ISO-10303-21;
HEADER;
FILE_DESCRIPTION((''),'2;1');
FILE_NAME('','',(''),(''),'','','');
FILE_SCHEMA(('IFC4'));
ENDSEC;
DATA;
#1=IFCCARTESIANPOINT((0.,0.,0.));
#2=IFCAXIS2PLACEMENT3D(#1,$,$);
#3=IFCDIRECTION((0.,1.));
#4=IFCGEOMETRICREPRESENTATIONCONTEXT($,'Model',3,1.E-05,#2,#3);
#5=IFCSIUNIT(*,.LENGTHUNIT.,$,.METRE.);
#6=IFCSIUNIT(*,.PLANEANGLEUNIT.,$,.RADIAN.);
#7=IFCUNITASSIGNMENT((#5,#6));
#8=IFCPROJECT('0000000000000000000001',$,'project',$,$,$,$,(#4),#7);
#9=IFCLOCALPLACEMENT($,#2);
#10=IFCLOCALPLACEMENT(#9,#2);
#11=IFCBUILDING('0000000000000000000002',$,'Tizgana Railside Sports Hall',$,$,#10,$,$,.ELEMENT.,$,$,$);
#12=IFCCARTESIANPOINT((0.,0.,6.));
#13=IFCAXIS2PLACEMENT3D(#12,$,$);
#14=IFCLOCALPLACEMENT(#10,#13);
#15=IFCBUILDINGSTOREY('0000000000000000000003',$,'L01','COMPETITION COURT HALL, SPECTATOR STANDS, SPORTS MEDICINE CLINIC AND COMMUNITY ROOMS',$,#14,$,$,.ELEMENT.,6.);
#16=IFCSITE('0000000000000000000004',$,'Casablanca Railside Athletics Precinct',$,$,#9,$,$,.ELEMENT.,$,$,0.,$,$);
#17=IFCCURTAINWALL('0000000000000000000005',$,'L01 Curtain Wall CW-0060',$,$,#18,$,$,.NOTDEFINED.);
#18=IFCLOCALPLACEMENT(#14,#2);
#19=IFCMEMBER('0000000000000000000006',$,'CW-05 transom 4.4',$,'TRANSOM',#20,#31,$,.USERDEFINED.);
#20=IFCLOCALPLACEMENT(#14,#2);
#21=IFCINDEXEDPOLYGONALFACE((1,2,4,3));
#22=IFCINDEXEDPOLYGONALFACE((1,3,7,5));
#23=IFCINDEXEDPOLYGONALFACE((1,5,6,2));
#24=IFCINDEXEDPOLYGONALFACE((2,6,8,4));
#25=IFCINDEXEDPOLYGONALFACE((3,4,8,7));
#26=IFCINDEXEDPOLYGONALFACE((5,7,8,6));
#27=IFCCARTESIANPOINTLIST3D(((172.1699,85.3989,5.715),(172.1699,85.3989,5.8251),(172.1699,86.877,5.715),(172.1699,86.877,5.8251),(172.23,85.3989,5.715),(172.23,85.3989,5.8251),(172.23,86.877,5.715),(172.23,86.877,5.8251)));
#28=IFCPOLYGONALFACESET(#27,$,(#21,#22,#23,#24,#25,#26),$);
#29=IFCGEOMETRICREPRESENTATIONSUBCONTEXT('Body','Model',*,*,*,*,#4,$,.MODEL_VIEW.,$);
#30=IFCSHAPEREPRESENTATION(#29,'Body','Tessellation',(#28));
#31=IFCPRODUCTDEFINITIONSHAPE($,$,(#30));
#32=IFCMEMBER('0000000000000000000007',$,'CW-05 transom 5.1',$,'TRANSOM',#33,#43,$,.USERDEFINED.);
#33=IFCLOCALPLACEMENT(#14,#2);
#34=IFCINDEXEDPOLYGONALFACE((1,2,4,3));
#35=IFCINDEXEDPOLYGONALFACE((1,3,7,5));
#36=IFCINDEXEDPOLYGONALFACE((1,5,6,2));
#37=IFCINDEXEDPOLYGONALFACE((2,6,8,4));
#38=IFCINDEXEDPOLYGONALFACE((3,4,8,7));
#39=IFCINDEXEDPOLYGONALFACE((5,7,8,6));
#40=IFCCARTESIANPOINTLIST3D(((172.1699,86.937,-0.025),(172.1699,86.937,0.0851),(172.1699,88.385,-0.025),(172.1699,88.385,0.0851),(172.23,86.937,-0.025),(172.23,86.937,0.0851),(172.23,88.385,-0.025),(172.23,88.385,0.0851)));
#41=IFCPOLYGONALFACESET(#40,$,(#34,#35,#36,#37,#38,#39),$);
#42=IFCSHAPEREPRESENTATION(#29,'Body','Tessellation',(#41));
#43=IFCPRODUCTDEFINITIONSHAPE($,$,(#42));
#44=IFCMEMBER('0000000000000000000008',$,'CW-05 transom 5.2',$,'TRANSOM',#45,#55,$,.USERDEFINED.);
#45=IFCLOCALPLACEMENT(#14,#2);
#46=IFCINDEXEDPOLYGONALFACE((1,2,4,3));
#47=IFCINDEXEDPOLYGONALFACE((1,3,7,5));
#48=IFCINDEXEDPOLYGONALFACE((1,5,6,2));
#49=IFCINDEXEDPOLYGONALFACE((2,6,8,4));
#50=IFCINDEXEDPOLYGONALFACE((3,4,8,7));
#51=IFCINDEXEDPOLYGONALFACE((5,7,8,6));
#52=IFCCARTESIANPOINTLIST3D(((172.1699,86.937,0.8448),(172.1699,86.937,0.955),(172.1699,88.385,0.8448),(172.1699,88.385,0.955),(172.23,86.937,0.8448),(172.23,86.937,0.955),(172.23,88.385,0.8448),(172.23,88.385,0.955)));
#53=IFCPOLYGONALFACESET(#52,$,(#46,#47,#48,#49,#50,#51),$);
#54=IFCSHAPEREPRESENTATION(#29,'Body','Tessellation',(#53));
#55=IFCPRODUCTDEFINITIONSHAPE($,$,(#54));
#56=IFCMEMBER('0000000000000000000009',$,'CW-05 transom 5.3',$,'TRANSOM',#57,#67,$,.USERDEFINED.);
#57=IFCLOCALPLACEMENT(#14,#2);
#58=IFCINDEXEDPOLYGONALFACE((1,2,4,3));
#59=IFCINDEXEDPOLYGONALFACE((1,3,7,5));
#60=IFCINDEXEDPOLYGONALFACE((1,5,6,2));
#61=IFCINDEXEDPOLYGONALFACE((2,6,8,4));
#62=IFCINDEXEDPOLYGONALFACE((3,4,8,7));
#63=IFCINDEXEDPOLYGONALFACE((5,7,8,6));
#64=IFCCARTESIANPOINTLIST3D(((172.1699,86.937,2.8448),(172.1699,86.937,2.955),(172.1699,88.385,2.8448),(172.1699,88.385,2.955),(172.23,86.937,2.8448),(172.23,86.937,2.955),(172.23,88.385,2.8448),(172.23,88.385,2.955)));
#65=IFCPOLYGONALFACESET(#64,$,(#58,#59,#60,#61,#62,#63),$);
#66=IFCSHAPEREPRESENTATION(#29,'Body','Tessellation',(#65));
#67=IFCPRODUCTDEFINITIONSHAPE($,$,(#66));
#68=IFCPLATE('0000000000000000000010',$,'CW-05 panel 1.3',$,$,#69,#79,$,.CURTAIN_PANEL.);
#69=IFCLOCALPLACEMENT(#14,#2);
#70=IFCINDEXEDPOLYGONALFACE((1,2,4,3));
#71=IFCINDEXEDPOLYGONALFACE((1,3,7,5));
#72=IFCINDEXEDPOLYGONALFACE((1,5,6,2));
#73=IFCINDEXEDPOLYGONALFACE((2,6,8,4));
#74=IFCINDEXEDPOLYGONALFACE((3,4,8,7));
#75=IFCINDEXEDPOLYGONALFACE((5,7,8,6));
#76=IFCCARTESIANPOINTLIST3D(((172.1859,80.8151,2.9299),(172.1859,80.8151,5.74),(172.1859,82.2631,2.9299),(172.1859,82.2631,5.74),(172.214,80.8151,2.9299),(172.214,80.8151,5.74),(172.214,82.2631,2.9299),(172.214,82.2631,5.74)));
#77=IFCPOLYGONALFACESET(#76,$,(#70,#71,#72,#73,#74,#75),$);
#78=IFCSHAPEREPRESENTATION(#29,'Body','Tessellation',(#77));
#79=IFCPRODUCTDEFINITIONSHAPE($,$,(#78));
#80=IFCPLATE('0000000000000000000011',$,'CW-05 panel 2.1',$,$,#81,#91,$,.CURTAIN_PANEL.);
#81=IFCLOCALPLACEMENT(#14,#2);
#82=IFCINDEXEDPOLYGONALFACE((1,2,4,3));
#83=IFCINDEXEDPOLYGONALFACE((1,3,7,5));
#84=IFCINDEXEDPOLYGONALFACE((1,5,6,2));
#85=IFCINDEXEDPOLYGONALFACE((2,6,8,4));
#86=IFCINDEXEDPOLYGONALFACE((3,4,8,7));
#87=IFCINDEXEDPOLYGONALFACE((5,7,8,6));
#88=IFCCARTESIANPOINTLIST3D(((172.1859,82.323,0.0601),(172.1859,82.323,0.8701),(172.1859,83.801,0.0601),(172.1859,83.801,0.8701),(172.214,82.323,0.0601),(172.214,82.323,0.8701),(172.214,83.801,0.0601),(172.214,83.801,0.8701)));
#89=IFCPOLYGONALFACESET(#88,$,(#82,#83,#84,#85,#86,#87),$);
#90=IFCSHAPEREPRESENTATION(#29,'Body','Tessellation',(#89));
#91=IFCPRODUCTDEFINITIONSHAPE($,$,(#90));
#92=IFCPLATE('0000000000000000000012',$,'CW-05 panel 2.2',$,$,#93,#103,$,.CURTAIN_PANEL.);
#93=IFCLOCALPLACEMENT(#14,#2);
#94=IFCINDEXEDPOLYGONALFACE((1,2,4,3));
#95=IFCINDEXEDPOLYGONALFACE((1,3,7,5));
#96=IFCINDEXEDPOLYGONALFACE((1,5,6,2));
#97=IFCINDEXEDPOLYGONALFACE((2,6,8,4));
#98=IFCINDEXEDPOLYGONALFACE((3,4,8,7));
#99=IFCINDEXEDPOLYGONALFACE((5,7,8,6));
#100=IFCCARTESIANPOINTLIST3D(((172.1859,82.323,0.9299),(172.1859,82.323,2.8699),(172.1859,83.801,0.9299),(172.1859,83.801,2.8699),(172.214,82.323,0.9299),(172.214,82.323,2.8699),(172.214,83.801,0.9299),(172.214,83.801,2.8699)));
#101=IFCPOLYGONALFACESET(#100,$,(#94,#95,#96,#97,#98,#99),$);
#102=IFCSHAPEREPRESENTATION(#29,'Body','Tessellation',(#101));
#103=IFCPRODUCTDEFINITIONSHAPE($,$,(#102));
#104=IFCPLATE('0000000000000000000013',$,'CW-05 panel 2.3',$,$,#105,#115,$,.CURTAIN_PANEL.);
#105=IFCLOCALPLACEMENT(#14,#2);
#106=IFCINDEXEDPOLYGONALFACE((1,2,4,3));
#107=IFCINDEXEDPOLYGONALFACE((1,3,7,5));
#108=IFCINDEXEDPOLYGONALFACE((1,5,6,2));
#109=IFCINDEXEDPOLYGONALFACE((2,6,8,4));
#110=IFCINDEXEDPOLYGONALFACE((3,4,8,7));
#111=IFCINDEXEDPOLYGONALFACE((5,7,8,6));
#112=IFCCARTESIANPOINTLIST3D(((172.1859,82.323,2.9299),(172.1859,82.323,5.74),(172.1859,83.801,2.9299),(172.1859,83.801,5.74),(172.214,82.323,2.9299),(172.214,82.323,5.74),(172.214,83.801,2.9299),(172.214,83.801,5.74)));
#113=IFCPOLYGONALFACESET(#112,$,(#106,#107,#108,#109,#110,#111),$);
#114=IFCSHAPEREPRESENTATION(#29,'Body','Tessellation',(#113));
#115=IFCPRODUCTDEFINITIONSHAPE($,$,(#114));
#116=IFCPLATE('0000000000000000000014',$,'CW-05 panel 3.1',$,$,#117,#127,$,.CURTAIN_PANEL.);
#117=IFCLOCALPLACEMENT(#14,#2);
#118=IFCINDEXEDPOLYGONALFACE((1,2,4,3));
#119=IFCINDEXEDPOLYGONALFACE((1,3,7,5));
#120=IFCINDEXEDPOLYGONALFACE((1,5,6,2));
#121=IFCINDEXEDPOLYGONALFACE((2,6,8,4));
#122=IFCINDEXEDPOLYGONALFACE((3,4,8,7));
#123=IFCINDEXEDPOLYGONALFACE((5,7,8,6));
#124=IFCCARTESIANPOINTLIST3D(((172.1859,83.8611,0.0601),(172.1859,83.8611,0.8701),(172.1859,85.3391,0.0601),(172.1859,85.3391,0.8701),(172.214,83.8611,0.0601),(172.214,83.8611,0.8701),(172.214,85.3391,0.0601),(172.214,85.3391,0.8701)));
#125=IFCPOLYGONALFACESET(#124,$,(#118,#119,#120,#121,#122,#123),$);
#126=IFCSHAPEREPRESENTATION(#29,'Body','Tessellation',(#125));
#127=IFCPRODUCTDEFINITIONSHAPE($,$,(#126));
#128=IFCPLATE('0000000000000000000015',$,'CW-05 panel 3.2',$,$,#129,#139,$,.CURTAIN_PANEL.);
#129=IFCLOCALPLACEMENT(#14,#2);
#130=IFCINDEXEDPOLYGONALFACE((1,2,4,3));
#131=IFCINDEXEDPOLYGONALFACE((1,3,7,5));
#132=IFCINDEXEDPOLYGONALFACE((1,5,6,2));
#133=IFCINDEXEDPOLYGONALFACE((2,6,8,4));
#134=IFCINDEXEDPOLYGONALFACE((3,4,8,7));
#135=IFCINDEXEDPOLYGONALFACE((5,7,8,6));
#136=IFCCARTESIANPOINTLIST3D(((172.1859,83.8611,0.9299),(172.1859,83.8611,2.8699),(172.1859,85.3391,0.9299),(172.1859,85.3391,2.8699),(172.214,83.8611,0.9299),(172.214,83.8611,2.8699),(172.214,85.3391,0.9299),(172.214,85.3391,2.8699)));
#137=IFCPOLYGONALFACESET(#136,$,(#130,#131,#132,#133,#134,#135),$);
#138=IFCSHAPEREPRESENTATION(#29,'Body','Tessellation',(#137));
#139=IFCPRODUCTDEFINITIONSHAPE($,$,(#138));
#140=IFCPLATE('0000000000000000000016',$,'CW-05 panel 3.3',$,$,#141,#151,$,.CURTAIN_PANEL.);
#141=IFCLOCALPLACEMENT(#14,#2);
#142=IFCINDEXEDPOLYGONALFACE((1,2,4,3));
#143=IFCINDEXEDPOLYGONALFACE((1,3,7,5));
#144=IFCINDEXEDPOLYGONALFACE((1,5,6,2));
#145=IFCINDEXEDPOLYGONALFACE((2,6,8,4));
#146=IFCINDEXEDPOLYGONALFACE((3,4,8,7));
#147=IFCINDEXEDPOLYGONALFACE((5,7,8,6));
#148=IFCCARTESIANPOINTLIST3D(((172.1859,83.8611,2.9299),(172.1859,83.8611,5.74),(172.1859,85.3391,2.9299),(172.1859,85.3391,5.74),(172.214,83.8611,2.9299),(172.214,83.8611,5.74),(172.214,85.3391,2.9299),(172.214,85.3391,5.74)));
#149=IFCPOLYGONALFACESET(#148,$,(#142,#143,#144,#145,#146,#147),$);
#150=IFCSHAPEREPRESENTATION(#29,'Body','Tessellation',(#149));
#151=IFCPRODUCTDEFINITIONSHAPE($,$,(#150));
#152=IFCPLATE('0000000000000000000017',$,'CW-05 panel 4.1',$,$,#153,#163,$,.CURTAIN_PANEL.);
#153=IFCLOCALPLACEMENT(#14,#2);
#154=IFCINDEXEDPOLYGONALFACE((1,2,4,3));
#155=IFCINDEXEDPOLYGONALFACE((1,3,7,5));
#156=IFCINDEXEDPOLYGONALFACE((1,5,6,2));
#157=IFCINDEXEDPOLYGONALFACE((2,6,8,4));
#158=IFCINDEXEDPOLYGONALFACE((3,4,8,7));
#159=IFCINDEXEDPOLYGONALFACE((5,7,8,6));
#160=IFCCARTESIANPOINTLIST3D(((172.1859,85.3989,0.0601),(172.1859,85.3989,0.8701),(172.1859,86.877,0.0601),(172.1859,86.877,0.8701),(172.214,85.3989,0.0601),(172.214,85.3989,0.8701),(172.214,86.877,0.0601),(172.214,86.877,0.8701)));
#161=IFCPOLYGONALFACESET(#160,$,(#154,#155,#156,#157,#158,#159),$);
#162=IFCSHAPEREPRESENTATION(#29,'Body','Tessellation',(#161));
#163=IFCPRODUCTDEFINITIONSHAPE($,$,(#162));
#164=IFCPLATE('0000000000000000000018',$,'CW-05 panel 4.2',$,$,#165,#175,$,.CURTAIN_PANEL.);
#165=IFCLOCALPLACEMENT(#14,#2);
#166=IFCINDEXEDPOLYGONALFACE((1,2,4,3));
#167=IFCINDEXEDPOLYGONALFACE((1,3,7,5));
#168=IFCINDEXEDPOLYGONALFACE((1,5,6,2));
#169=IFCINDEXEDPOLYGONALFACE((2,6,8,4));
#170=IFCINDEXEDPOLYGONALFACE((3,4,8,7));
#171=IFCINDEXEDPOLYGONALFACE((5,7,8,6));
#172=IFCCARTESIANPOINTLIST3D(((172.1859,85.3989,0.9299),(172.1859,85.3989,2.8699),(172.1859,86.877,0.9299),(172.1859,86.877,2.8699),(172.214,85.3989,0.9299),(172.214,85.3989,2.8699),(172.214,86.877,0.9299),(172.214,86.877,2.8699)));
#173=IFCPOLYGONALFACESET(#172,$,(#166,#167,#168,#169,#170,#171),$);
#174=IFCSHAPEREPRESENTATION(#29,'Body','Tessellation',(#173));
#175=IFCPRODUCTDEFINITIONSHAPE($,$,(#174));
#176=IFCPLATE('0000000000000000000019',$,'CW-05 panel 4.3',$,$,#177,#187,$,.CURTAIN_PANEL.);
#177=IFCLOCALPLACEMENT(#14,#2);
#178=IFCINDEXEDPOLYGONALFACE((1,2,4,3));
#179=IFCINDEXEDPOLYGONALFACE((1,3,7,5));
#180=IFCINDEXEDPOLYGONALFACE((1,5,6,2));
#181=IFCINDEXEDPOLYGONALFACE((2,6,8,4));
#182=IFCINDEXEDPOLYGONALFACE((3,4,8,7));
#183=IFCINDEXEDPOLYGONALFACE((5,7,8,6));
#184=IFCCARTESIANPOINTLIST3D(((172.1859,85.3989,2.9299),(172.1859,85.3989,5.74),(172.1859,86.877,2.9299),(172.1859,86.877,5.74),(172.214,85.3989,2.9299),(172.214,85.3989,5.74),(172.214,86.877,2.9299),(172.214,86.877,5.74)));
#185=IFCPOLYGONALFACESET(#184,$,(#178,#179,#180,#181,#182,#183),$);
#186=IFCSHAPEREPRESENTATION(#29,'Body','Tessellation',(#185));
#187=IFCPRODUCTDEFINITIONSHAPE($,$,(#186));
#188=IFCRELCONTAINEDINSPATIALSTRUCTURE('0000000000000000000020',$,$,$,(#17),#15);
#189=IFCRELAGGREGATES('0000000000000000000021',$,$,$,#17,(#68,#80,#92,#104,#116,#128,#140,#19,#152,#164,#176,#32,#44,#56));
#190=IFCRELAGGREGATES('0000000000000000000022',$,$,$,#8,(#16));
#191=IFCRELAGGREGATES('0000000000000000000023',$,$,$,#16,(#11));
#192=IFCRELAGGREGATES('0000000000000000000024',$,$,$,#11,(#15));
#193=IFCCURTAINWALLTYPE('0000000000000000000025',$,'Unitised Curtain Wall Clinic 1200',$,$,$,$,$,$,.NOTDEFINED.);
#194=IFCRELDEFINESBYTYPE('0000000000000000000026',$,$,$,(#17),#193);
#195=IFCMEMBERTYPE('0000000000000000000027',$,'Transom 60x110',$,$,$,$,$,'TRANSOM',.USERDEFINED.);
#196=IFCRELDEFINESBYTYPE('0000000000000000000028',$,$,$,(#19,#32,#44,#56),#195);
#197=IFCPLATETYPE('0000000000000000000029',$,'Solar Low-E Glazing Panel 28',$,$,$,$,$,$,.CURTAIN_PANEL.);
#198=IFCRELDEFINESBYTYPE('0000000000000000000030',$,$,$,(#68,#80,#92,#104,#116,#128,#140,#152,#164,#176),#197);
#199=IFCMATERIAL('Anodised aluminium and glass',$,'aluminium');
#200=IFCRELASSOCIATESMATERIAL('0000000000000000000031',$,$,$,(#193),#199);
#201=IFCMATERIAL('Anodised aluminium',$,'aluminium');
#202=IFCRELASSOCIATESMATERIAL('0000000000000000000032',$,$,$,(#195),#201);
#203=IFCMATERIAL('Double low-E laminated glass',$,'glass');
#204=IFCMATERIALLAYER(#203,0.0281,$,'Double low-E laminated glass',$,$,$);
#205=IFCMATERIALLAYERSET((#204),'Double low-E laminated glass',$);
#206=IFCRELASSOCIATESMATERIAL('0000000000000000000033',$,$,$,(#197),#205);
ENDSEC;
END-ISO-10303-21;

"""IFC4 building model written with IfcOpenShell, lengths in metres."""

from ifc_helpers import new_model, si_unit, direction, frame, origin, origin_2d, place, context, subcontext, project, spatial, rectangle, extrude, material, layer, layer_set, material_profile, profile_set, type_object, element, aggregate, save


model = new_model("IFC4")

# Units and contexts
model_context = context("Model", 3, precision=1e-05, world=origin(), true_north=direction((0.0, 1.0)))
body_context = subcontext(model_context, "Body", "Model", "MODEL_VIEW")
ifc_project = project(units=[si_unit("LENGTHUNIT", "METRE"), si_unit("PLANEANGLEUNIT", "RADIAN")], contexts=[model_context])

# Site, building, storey
site_placement = place(None, origin())
site = spatial("IfcSite", under=ifc_project, at=site_placement, Name="Casablanca Railside Athletics Precinct", CompositionType="ELEMENT", RefElevation=0.0)
building_placement = place(site_placement, origin())
building = spatial("IfcBuilding", under=site, at=building_placement, Name="Tizgana Railside Sports Hall", CompositionType="ELEMENT")
storey_placement = place(building_placement, frame((0.0, 0.0, 6.0)))
storey = spatial("IfcBuildingStorey", under=building, at=storey_placement, Name="L01", Description="COMPETITION COURT HALL, SPECTATOR STANDS, SPORTS MEDICINE CLINIC AND COMMUNITY ROOMS", CompositionType="ELEMENT", Elevation=6.0)

# Curtain wall, members, plates
ifc_material_1 = material(Name="Anodised aluminium and glass", Category="aluminium")
curtain_wall_type = type_object("IfcCurtainWallType", Name="Unitised Curtain Wall Clinic 1200", PredefinedType="NOTDEFINED", material=ifc_material_1)
curtain_wall_placement = place(storey_placement, origin())
curtain_wall = element("IfcCurtainWall", 1, at=curtain_wall_placement, inside=storey, type_object=curtain_wall_type, Name="L01 Curtain Wall CW-0060", PredefinedType="NOTDEFINED")
ifc_material_2 = material(Name="Anodised aluminium", Category="aluminium")
ifc_material_profile_1 = material_profile(ifc_material_2, rectangle(XDim=0.0601, YDim=0.1101, at=origin_2d()), Name="Transom 60x110")
ifc_profile_set_1 = profile_set([ifc_material_profile_1], Name="Anodised aluminium")
member_type_1 = type_object("IfcMemberType", Name="Transom 60x110", ElementType="TRANSOM", PredefinedType="USERDEFINED", material=ifc_profile_set_1)
member_1_placement = place(storey_placement, frame((172.2, 85.3989, 5.77), z_axis=(0.0, 1.0, 0.0), x_axis=(-1.0, 0.0, 0.0)))
member_1 = element("IfcMember", 2, at=member_1_placement, type_object=member_type_1, Name="CW-05 transom 4.4", ObjectType="TRANSOM", PredefinedType="USERDEFINED", context=body_context, shape_type="SweptSolid", body=[
    extrude(rectangle(XDim=0.0601, YDim=0.1101, at=origin_2d()), origin(), (0.0, 0.0, 1.0), 1.478),
])
member_2_placement = place(storey_placement, frame((172.2, 86.937, 0.03), z_axis=(0.0, 1.0, 0.0), x_axis=(-1.0, 0.0, 0.0)))
member_2 = element("IfcMember", 3, at=member_2_placement, type_object=member_type_1, Name="CW-05 transom 5.1", ObjectType="TRANSOM", PredefinedType="USERDEFINED", context=body_context, shape_type="SweptSolid", body=[
    extrude(rectangle(XDim=0.0601, YDim=0.1101, at=origin_2d()), origin(), (0.0, 0.0, 1.0), 1.448),
])
member_3_placement = place(storey_placement, frame((172.2, 86.937, 0.8999), z_axis=(0.0, 1.0, 0.0), x_axis=(-1.0, 0.0, 0.0)))
member_3 = element("IfcMember", 4, at=member_3_placement, type_object=member_type_1, Name="CW-05 transom 5.2", ObjectType="TRANSOM", PredefinedType="USERDEFINED", context=body_context, shape_type="SweptSolid", body=[
    extrude(rectangle(XDim=0.0601, YDim=0.1101, at=origin_2d()), origin(), (0.0, 0.0, 1.0), 1.448),
])
member_4_placement = place(storey_placement, frame((172.2, 86.937, 2.8999), z_axis=(0.0, 1.0, 0.0), x_axis=(-1.0, 0.0, 0.0)))
member_4 = element("IfcMember", 5, at=member_4_placement, type_object=member_type_1, Name="CW-05 transom 5.3", ObjectType="TRANSOM", PredefinedType="USERDEFINED", context=body_context, shape_type="SweptSolid", body=[
    extrude(rectangle(XDim=0.0601, YDim=0.1101, at=origin_2d()), origin(), (0.0, 0.0, 1.0), 1.448),
])
ifc_material_3 = material(Name="Double low-E laminated glass", Category="glass")
ifc_layer_1 = layer(ifc_material_3, 0.0281, Name="Double low-E laminated glass")
ifc_layer_set_1 = layer_set([ifc_layer_1], Name="Double low-E laminated glass")
plate_type = type_object("IfcPlateType", Name="Solar Low-E Glazing Panel 28", PredefinedType="CURTAIN_PANEL", material=ifc_layer_set_1)
plate_1_placement = place(storey_placement, frame((172.2, 81.5391, 2.9299), z_axis=(0.0, 0.0, 1.0), x_axis=(0.0, 1.0, 0.0)))
plate_1 = element("IfcPlate", 6, at=plate_1_placement, type_object=plate_type, Name="CW-05 panel 1.3", PredefinedType="CURTAIN_PANEL", context=body_context, shape_type="SweptSolid", body=[
    extrude(rectangle(XDim=1.448, YDim=0.0281, at=origin_2d()), origin(), (0.0, 0.0, 1.0), 2.8101),
])
plate_2_placement = place(storey_placement, frame((172.2, 83.062, 0.0601), z_axis=(0.0, 0.0, 1.0), x_axis=(0.0, 1.0, 0.0)))
plate_2 = element("IfcPlate", 7, at=plate_2_placement, type_object=plate_type, Name="CW-05 panel 2.1", PredefinedType="CURTAIN_PANEL", context=body_context, shape_type="SweptSolid", body=[
    extrude(rectangle(XDim=1.478, YDim=0.0281, at=origin_2d()), origin(), (0.0, 0.0, 1.0), 0.8101),
])
plate_3_placement = place(storey_placement, frame((172.2, 83.062, 0.9299), z_axis=(0.0, 0.0, 1.0), x_axis=(0.0, 1.0, 0.0)))
plate_3 = element("IfcPlate", 8, at=plate_3_placement, type_object=plate_type, Name="CW-05 panel 2.2", PredefinedType="CURTAIN_PANEL", context=body_context, shape_type="SweptSolid", body=[
    extrude(rectangle(XDim=1.478, YDim=0.0281, at=origin_2d()), origin(), (0.0, 0.0, 1.0), 1.9399),
])
plate_4_placement = place(storey_placement, frame((172.2, 83.062, 2.9299), z_axis=(0.0, 0.0, 1.0), x_axis=(0.0, 1.0, 0.0)))
plate_4 = element("IfcPlate", 9, at=plate_4_placement, type_object=plate_type, Name="CW-05 panel 2.3", PredefinedType="CURTAIN_PANEL", context=body_context, shape_type="SweptSolid", body=[
    extrude(rectangle(XDim=1.478, YDim=0.0281, at=origin_2d()), origin(), (0.0, 0.0, 1.0), 2.8101),
])
plate_5_placement = place(storey_placement, frame((172.2, 84.6001, 0.0601), z_axis=(0.0, 0.0, 1.0), x_axis=(0.0, 1.0, 0.0)))
plate_5 = element("IfcPlate", 10, at=plate_5_placement, type_object=plate_type, Name="CW-05 panel 3.1", PredefinedType="CURTAIN_PANEL", context=body_context, shape_type="SweptSolid", body=[
    extrude(rectangle(XDim=1.478, YDim=0.0281, at=origin_2d()), origin(), (0.0, 0.0, 1.0), 0.8101),
])
plate_6_placement = place(storey_placement, frame((172.2, 84.6001, 0.9299), z_axis=(0.0, 0.0, 1.0), x_axis=(0.0, 1.0, 0.0)))
plate_6 = element("IfcPlate", 11, at=plate_6_placement, type_object=plate_type, Name="CW-05 panel 3.2", PredefinedType="CURTAIN_PANEL", context=body_context, shape_type="SweptSolid", body=[
    extrude(rectangle(XDim=1.478, YDim=0.0281, at=origin_2d()), origin(), (0.0, 0.0, 1.0), 1.9399),
])
plate_7_placement = place(storey_placement, frame((172.2, 84.6001, 2.9299), z_axis=(0.0, 0.0, 1.0), x_axis=(0.0, 1.0, 0.0)))
plate_7 = element("IfcPlate", 12, at=plate_7_placement, type_object=plate_type, Name="CW-05 panel 3.3", PredefinedType="CURTAIN_PANEL", context=body_context, shape_type="SweptSolid", body=[
    extrude(rectangle(XDim=1.478, YDim=0.0281, at=origin_2d()), origin(), (0.0, 0.0, 1.0), 2.8101),
])
plate_8_placement = place(storey_placement, frame((172.2, 86.1379, 0.0601), z_axis=(0.0, 0.0, 1.0), x_axis=(0.0, 1.0, 0.0)))
plate_8 = element("IfcPlate", 13, at=plate_8_placement, type_object=plate_type, Name="CW-05 panel 4.1", PredefinedType="CURTAIN_PANEL", context=body_context, shape_type="SweptSolid", body=[
    extrude(rectangle(XDim=1.478, YDim=0.0281, at=origin_2d()), origin(), (0.0, 0.0, 1.0), 0.8101),
])
plate_9_placement = place(storey_placement, frame((172.2, 86.1379, 0.9299), z_axis=(0.0, 0.0, 1.0), x_axis=(0.0, 1.0, 0.0)))
plate_9 = element("IfcPlate", 14, at=plate_9_placement, type_object=plate_type, Name="CW-05 panel 4.2", PredefinedType="CURTAIN_PANEL", context=body_context, shape_type="SweptSolid", body=[
    extrude(rectangle(XDim=1.478, YDim=0.0281, at=origin_2d()), origin(), (0.0, 0.0, 1.0), 1.9399),
])
plate_10_placement = place(storey_placement, frame((172.2, 86.1379, 2.9299), z_axis=(0.0, 0.0, 1.0), x_axis=(0.0, 1.0, 0.0)))
plate_10 = element("IfcPlate", 15, at=plate_10_placement, type_object=plate_type, Name="CW-05 panel 4.3", PredefinedType="CURTAIN_PANEL", context=body_context, shape_type="SweptSolid", body=[
    extrude(rectangle(XDim=1.478, YDim=0.0281, at=origin_2d()), origin(), (0.0, 0.0, 1.0), 2.8101),
])
aggregate(curtain_wall, [plate_1, plate_2, plate_3, plate_4, plate_5, plate_6, plate_7, member_1, plate_8, plate_9, plate_10, member_2, member_3, member_4])

save(model, "model.ifc")
